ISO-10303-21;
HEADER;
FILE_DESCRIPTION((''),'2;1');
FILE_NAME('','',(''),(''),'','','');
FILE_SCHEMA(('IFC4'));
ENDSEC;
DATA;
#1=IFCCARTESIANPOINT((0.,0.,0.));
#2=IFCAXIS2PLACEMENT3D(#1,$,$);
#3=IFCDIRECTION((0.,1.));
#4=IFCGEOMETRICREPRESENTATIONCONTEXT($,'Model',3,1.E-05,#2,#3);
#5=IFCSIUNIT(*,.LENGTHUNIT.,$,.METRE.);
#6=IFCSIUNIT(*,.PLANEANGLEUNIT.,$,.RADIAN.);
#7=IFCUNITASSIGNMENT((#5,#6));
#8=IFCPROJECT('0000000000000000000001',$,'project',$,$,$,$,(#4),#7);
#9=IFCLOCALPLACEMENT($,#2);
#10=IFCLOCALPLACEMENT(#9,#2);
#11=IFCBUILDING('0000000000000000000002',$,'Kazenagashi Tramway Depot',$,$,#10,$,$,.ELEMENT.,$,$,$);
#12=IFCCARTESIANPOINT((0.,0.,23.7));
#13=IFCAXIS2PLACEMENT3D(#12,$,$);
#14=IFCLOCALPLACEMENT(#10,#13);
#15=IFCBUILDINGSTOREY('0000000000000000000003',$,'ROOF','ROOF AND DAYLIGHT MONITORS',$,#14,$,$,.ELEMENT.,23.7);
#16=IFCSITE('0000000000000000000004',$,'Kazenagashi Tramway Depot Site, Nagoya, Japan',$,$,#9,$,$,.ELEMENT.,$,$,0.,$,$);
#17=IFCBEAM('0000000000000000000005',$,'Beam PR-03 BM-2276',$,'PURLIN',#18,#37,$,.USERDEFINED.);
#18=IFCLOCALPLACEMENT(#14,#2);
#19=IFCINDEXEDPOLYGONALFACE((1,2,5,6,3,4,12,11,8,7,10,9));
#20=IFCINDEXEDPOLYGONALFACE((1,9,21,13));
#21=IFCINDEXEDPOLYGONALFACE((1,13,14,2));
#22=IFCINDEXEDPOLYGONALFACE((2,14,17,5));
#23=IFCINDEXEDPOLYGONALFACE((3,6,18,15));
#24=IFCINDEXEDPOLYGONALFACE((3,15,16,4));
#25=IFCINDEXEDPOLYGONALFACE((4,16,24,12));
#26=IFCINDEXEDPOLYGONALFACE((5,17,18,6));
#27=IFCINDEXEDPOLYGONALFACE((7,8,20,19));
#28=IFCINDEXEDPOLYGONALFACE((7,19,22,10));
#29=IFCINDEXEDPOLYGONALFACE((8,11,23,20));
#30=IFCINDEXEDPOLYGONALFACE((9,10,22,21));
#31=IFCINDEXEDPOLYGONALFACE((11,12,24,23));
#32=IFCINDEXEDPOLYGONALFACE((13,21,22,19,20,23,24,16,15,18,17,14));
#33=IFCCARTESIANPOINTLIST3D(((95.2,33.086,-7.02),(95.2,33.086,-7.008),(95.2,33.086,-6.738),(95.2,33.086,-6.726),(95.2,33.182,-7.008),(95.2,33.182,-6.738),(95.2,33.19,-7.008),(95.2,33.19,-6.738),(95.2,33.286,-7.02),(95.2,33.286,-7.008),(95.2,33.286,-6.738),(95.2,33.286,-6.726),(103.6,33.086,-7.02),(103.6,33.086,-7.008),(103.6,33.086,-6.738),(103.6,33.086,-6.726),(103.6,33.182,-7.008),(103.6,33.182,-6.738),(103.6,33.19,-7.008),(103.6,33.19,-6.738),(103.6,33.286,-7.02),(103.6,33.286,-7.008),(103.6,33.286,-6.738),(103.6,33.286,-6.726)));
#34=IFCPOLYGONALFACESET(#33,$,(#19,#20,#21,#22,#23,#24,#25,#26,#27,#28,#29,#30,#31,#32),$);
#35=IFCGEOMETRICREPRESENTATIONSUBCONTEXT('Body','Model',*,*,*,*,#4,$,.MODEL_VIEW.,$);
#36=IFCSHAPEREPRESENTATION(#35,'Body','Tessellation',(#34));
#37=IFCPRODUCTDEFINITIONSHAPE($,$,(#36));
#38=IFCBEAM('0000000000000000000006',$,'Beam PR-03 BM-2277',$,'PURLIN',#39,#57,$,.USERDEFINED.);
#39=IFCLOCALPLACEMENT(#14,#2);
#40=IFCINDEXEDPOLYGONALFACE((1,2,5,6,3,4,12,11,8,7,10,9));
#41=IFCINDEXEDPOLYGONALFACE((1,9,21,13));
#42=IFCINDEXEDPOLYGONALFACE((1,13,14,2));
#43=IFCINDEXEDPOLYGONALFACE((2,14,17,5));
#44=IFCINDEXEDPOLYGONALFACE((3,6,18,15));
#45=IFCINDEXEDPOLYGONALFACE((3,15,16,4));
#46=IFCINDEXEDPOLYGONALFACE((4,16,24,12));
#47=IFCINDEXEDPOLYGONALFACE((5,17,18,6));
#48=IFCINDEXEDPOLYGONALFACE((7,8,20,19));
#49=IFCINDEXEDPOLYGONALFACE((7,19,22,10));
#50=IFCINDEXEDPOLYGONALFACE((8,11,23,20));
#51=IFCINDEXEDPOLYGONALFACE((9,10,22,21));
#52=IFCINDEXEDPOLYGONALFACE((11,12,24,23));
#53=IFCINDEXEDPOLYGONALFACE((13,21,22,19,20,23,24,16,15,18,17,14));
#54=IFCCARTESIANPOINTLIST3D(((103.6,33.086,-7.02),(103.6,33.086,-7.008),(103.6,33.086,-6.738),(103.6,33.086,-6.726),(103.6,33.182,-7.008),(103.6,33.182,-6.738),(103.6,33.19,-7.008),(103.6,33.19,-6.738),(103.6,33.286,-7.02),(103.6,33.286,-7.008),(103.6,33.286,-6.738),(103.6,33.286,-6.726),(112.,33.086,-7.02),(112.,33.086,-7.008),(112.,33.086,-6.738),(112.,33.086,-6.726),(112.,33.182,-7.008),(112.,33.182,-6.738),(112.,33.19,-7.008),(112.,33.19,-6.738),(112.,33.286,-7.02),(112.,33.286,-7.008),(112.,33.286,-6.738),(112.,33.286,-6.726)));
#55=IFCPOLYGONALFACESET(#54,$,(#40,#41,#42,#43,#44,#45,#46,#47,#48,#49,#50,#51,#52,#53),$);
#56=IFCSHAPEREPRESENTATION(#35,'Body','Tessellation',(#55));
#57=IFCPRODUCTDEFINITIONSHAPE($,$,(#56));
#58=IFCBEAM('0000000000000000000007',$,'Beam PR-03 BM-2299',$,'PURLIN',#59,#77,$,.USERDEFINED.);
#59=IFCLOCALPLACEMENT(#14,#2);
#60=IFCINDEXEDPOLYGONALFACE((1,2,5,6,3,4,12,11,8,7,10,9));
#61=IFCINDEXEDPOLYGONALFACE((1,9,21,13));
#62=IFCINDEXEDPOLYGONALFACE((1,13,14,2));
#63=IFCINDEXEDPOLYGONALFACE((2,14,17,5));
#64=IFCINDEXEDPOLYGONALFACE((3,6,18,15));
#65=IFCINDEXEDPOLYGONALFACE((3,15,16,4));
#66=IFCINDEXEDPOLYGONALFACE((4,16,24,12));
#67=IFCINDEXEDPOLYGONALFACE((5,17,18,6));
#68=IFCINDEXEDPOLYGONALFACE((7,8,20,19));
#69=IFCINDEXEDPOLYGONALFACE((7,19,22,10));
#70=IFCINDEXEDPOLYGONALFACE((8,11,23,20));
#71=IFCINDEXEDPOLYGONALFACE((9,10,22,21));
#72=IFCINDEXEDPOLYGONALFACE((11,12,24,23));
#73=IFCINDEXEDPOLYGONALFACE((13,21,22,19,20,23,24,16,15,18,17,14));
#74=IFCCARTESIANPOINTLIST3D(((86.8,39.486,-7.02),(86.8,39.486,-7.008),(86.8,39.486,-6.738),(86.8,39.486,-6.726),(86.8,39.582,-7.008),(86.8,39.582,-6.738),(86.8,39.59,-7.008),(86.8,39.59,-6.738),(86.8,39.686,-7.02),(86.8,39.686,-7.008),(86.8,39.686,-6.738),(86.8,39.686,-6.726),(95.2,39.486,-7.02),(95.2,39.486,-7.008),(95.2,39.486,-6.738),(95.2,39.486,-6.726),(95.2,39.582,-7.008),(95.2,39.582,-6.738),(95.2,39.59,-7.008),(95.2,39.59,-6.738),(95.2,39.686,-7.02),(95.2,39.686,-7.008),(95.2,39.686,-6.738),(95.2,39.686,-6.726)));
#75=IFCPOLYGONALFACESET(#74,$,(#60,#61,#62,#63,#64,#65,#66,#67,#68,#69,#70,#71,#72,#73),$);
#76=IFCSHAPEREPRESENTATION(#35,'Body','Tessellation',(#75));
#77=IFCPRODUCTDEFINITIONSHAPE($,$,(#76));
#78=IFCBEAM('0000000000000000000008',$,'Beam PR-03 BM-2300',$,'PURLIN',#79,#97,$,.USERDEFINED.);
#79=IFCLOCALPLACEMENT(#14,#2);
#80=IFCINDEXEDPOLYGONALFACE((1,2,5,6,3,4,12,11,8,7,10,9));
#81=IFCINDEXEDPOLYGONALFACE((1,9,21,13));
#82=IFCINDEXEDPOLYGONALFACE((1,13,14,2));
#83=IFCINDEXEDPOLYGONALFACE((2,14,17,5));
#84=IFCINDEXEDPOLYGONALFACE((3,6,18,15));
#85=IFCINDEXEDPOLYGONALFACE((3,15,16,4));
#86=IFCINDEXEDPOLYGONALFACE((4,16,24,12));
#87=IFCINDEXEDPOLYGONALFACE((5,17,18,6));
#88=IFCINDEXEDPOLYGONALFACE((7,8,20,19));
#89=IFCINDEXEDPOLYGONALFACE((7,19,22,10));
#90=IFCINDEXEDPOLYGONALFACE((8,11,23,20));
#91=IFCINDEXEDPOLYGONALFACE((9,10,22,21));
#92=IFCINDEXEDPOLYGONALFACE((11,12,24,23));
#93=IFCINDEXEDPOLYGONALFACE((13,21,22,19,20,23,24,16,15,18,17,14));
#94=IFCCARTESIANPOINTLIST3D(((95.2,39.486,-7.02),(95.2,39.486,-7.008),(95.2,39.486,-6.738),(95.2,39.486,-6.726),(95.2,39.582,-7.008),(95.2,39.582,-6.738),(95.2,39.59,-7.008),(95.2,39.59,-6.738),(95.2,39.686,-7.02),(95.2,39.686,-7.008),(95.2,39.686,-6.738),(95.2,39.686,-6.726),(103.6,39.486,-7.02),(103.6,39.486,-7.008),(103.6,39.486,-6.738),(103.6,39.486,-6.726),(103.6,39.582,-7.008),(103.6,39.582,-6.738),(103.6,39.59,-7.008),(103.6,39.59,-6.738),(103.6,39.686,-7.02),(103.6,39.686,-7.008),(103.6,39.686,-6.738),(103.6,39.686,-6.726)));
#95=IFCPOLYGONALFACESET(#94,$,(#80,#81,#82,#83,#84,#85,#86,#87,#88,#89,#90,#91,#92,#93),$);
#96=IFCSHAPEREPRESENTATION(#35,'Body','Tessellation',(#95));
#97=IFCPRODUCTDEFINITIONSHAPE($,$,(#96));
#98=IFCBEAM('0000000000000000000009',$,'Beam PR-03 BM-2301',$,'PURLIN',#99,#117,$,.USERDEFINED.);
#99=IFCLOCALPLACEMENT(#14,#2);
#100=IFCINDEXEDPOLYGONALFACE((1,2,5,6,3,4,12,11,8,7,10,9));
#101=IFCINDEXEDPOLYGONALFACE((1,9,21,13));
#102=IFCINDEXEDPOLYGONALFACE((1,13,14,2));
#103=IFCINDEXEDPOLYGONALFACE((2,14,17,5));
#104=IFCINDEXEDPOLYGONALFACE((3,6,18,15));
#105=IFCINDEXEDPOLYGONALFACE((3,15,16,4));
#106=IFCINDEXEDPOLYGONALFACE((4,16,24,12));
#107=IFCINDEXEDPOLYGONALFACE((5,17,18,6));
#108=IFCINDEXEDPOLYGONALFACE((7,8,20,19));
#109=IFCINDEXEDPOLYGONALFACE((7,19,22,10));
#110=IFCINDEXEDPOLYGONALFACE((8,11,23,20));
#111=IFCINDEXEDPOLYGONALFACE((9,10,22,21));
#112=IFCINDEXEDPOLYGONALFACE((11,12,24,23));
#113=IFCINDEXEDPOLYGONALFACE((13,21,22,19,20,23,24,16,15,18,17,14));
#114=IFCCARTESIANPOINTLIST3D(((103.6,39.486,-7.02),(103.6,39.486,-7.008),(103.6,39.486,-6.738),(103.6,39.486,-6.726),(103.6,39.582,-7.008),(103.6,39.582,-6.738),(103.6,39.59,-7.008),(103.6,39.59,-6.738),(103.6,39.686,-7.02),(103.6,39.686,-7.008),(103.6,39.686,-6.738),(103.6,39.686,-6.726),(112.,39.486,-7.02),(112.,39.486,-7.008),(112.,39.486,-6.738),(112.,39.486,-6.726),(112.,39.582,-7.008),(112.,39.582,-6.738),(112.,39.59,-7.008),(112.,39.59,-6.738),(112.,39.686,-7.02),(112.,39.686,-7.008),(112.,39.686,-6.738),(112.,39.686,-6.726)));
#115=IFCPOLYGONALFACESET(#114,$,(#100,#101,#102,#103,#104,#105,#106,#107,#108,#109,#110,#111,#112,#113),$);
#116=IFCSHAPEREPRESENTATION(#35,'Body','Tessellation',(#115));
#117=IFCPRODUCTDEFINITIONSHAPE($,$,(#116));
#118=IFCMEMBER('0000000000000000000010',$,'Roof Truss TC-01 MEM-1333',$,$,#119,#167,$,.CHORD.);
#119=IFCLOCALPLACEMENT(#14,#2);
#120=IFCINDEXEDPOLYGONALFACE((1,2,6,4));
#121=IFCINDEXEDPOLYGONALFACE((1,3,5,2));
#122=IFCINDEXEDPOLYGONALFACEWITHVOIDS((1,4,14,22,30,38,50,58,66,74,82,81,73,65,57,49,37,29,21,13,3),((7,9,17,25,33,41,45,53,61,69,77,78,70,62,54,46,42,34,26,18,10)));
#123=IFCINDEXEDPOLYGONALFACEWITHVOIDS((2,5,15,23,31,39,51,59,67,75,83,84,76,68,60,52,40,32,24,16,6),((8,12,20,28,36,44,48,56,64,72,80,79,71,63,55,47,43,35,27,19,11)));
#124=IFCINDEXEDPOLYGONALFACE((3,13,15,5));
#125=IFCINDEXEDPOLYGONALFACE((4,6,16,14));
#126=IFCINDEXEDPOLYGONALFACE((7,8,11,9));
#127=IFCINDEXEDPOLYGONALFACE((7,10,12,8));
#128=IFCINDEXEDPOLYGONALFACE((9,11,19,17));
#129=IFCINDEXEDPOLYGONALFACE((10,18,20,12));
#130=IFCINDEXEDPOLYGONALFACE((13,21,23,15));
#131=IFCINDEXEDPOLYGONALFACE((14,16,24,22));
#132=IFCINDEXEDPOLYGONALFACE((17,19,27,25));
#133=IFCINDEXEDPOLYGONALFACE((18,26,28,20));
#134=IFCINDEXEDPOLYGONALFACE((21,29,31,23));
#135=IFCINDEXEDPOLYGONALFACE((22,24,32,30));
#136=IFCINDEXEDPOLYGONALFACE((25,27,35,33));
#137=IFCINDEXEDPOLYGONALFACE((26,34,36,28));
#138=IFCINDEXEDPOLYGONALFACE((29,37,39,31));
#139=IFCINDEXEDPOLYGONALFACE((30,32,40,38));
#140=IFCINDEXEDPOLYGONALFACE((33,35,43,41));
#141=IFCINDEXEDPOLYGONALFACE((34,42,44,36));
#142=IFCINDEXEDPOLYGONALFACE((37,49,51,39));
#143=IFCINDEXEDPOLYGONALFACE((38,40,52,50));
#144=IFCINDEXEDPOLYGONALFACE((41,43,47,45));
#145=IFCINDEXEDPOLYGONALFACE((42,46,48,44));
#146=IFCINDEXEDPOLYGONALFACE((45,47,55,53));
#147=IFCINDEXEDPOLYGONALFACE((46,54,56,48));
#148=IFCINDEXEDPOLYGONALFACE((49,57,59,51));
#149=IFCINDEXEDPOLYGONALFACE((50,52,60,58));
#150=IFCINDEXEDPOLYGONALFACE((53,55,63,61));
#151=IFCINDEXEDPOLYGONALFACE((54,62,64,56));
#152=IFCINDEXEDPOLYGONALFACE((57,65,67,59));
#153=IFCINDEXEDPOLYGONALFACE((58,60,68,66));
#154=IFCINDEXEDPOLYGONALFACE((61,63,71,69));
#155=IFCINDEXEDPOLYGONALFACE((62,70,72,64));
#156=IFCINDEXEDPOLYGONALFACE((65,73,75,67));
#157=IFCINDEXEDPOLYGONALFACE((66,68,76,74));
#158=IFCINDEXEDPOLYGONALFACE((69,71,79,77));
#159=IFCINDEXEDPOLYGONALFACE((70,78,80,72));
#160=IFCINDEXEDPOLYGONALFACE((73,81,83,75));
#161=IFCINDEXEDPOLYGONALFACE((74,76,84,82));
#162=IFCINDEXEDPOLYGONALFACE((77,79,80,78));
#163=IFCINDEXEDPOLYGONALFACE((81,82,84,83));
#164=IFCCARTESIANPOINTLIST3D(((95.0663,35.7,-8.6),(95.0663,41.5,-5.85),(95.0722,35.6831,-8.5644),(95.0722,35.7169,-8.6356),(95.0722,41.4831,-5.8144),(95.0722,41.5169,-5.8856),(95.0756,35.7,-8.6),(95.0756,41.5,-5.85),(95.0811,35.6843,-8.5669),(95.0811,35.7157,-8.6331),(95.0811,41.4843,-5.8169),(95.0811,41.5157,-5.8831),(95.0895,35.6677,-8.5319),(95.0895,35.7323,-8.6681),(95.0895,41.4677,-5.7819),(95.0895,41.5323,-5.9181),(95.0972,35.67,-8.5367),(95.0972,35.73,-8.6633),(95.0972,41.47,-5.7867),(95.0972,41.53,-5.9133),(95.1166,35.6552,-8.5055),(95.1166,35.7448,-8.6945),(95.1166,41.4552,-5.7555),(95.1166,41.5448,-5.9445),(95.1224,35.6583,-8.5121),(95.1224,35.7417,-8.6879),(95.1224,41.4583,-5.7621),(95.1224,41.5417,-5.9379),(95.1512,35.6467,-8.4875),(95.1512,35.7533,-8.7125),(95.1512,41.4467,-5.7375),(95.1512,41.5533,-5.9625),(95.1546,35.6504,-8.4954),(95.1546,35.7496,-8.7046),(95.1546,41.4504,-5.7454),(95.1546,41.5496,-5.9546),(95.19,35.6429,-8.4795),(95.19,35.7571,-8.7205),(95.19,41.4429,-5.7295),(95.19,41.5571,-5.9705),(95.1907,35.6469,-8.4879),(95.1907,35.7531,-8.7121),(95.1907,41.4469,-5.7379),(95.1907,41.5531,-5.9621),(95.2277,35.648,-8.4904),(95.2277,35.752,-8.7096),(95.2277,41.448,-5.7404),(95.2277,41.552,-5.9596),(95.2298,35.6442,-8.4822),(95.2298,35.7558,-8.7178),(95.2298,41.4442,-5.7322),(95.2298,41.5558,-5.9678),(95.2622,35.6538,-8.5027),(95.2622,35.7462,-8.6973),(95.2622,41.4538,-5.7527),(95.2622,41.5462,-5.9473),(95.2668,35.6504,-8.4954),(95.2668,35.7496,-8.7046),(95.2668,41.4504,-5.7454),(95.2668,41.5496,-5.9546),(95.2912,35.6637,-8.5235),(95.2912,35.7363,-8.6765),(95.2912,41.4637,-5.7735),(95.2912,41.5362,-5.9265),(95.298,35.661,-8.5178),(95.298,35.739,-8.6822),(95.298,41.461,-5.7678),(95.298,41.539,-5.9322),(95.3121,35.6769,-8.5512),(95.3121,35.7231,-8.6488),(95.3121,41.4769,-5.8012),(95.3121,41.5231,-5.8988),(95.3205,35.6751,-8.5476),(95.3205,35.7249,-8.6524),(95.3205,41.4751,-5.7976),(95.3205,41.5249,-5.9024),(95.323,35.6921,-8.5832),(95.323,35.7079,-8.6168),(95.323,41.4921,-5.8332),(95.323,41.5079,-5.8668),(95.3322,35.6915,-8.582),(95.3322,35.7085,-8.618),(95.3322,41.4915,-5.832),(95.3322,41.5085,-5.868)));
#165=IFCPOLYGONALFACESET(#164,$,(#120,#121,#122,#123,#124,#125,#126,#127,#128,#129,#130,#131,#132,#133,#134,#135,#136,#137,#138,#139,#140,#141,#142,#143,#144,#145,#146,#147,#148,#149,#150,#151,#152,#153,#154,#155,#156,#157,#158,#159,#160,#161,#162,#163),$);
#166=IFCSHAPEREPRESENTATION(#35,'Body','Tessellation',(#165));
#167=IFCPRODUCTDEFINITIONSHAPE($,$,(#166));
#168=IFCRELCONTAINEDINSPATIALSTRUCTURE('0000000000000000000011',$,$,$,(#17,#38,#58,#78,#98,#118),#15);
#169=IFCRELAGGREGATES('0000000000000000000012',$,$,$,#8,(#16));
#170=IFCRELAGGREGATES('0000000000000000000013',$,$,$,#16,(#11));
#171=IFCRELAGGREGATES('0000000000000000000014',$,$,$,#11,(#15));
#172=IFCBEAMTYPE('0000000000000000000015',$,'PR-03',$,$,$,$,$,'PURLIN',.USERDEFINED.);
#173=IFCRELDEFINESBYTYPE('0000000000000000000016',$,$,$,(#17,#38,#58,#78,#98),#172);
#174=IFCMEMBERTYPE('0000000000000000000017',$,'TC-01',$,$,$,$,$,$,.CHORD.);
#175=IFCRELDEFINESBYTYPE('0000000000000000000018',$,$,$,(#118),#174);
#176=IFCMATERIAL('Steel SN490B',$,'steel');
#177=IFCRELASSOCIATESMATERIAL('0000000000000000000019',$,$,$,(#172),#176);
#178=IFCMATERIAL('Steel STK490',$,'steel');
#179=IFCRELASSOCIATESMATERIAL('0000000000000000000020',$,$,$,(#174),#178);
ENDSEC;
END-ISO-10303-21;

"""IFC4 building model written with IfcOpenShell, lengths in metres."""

from ifc_helpers import new_model, si_unit, direction, frame, origin, origin_2d, place, context, subcontext, project, spatial, hollow_circle, i_section, extrude, material, material_profile, profile_set, type_object, element, save


model = new_model("IFC4")

# Units and contexts
model_context = context("Model", 3, precision=1e-05, world=origin(), true_north=direction((0.0, 1.0)))
body_context = subcontext(model_context, "Body", "Model", "MODEL_VIEW")
ifc_project = project(units=[si_unit("LENGTHUNIT", "METRE"), si_unit("PLANEANGLEUNIT", "RADIAN")], contexts=[model_context])

# Site, building, storey
site_placement = place(None, origin())
site = spatial("IfcSite", under=ifc_project, at=site_placement, Name="Kazenagashi Tramway Depot Site, Nagoya, Japan", CompositionType="ELEMENT", RefElevation=0.0)
building_placement = place(site_placement, origin())
building = spatial("IfcBuilding", under=site, at=building_placement, Name="Kazenagashi Tramway Depot", CompositionType="ELEMENT")
storey_placement = place(building_placement, frame((0.0, 0.0, 23.7)))
storey = spatial("IfcBuildingStorey", under=building, at=storey_placement, Name="ROOF", Description="ROOF AND DAYLIGHT MONITORS", CompositionType="ELEMENT", Elevation=23.7)

# Beams
ifc_material_1 = material(Name="Steel SN490B", Category="steel")
ifc_material_profile_1 = material_profile(ifc_material_1, i_section(OverallWidth=0.2, OverallDepth=0.294, WebThickness=0.008, FlangeThickness=0.012, at=origin_2d()), Name="H-294x200x8x12")
ifc_profile_set_1 = profile_set([ifc_material_profile_1], Name="Steel SN490B")
beam_type_1 = type_object("IfcBeamType", Name="PR-03", ElementType="PURLIN", PredefinedType="USERDEFINED", material=ifc_profile_set_1)
for number, where, z_axis, x_axis, name in (
    (1, (95.2, 33.186, -6.873), (1.0, 0.0, 0.0), (0.0, 1.0, 0.0), "Beam PR-03 BM-2276"),
    (2, (103.6, 33.186, -6.873), (1.0, 0.0, 0.0), (0.0, 1.0, 0.0), "Beam PR-03 BM-2277"),
    (3, (86.8, 39.586, -6.873), (1.0, 0.0, 0.0), (0.0, 1.0, 0.0), "Beam PR-03 BM-2299"),
    (4, (95.2, 39.586, -6.873), (1.0, 0.0, 0.0), (0.0, 1.0, 0.0), "Beam PR-03 BM-2300"),
    (5, (103.6, 39.586, -6.873), (1.0, 0.0, 0.0), (0.0, 1.0, 0.0), "Beam PR-03 BM-2301"),
):
    element("IfcBeam", number, at=place(storey_placement, frame(where, z_axis=z_axis, x_axis=x_axis)), inside=storey, type_object=beam_type_1, Name=name, ObjectType="PURLIN", PredefinedType="USERDEFINED", context=body_context, shape_type="SweptSolid", body=[
        extrude(i_section(OverallWidth=0.2, OverallDepth=0.294, WebThickness=0.008, FlangeThickness=0.012, at=origin_2d()), origin(), (0.0, 0.0, 1.0), 8.4),
    ])

# Member
ifc_material_2 = material(Name="Steel STK490", Category="steel")
ifc_material_profile_2 = material_profile(ifc_material_2, hollow_circle(Radius=0.1337, WallThickness=0.0093, at=origin_2d()), Name="CHS-267.4x9.3")
ifc_profile_set_2 = profile_set([ifc_material_profile_2], Name="Steel STK490")
member_type_1 = type_object("IfcMemberType", Name="TC-01", PredefinedType="CHORD", material=ifc_profile_set_2)
for number, where, z_axis, x_axis, name in (
    (6, (95.2, 35.7, -8.6), (0.0, 0.903579, 0.428421), (-1.0, 0.0, 0.0), "Roof Truss TC-01 MEM-1333"),
):
    element("IfcMember", number, at=place(storey_placement, frame(where, z_axis=z_axis, x_axis=x_axis)), inside=storey, type_object=member_type_1, Name=name, PredefinedType="CHORD", context=body_context, shape_type="SweptSolid", body=[
        extrude(hollow_circle(Radius=0.1337, WallThickness=0.0093, at=origin_2d()), origin(), (0.0, 0.0, 1.0), 6.4189),
    ])

save(model, "model.ifc")
